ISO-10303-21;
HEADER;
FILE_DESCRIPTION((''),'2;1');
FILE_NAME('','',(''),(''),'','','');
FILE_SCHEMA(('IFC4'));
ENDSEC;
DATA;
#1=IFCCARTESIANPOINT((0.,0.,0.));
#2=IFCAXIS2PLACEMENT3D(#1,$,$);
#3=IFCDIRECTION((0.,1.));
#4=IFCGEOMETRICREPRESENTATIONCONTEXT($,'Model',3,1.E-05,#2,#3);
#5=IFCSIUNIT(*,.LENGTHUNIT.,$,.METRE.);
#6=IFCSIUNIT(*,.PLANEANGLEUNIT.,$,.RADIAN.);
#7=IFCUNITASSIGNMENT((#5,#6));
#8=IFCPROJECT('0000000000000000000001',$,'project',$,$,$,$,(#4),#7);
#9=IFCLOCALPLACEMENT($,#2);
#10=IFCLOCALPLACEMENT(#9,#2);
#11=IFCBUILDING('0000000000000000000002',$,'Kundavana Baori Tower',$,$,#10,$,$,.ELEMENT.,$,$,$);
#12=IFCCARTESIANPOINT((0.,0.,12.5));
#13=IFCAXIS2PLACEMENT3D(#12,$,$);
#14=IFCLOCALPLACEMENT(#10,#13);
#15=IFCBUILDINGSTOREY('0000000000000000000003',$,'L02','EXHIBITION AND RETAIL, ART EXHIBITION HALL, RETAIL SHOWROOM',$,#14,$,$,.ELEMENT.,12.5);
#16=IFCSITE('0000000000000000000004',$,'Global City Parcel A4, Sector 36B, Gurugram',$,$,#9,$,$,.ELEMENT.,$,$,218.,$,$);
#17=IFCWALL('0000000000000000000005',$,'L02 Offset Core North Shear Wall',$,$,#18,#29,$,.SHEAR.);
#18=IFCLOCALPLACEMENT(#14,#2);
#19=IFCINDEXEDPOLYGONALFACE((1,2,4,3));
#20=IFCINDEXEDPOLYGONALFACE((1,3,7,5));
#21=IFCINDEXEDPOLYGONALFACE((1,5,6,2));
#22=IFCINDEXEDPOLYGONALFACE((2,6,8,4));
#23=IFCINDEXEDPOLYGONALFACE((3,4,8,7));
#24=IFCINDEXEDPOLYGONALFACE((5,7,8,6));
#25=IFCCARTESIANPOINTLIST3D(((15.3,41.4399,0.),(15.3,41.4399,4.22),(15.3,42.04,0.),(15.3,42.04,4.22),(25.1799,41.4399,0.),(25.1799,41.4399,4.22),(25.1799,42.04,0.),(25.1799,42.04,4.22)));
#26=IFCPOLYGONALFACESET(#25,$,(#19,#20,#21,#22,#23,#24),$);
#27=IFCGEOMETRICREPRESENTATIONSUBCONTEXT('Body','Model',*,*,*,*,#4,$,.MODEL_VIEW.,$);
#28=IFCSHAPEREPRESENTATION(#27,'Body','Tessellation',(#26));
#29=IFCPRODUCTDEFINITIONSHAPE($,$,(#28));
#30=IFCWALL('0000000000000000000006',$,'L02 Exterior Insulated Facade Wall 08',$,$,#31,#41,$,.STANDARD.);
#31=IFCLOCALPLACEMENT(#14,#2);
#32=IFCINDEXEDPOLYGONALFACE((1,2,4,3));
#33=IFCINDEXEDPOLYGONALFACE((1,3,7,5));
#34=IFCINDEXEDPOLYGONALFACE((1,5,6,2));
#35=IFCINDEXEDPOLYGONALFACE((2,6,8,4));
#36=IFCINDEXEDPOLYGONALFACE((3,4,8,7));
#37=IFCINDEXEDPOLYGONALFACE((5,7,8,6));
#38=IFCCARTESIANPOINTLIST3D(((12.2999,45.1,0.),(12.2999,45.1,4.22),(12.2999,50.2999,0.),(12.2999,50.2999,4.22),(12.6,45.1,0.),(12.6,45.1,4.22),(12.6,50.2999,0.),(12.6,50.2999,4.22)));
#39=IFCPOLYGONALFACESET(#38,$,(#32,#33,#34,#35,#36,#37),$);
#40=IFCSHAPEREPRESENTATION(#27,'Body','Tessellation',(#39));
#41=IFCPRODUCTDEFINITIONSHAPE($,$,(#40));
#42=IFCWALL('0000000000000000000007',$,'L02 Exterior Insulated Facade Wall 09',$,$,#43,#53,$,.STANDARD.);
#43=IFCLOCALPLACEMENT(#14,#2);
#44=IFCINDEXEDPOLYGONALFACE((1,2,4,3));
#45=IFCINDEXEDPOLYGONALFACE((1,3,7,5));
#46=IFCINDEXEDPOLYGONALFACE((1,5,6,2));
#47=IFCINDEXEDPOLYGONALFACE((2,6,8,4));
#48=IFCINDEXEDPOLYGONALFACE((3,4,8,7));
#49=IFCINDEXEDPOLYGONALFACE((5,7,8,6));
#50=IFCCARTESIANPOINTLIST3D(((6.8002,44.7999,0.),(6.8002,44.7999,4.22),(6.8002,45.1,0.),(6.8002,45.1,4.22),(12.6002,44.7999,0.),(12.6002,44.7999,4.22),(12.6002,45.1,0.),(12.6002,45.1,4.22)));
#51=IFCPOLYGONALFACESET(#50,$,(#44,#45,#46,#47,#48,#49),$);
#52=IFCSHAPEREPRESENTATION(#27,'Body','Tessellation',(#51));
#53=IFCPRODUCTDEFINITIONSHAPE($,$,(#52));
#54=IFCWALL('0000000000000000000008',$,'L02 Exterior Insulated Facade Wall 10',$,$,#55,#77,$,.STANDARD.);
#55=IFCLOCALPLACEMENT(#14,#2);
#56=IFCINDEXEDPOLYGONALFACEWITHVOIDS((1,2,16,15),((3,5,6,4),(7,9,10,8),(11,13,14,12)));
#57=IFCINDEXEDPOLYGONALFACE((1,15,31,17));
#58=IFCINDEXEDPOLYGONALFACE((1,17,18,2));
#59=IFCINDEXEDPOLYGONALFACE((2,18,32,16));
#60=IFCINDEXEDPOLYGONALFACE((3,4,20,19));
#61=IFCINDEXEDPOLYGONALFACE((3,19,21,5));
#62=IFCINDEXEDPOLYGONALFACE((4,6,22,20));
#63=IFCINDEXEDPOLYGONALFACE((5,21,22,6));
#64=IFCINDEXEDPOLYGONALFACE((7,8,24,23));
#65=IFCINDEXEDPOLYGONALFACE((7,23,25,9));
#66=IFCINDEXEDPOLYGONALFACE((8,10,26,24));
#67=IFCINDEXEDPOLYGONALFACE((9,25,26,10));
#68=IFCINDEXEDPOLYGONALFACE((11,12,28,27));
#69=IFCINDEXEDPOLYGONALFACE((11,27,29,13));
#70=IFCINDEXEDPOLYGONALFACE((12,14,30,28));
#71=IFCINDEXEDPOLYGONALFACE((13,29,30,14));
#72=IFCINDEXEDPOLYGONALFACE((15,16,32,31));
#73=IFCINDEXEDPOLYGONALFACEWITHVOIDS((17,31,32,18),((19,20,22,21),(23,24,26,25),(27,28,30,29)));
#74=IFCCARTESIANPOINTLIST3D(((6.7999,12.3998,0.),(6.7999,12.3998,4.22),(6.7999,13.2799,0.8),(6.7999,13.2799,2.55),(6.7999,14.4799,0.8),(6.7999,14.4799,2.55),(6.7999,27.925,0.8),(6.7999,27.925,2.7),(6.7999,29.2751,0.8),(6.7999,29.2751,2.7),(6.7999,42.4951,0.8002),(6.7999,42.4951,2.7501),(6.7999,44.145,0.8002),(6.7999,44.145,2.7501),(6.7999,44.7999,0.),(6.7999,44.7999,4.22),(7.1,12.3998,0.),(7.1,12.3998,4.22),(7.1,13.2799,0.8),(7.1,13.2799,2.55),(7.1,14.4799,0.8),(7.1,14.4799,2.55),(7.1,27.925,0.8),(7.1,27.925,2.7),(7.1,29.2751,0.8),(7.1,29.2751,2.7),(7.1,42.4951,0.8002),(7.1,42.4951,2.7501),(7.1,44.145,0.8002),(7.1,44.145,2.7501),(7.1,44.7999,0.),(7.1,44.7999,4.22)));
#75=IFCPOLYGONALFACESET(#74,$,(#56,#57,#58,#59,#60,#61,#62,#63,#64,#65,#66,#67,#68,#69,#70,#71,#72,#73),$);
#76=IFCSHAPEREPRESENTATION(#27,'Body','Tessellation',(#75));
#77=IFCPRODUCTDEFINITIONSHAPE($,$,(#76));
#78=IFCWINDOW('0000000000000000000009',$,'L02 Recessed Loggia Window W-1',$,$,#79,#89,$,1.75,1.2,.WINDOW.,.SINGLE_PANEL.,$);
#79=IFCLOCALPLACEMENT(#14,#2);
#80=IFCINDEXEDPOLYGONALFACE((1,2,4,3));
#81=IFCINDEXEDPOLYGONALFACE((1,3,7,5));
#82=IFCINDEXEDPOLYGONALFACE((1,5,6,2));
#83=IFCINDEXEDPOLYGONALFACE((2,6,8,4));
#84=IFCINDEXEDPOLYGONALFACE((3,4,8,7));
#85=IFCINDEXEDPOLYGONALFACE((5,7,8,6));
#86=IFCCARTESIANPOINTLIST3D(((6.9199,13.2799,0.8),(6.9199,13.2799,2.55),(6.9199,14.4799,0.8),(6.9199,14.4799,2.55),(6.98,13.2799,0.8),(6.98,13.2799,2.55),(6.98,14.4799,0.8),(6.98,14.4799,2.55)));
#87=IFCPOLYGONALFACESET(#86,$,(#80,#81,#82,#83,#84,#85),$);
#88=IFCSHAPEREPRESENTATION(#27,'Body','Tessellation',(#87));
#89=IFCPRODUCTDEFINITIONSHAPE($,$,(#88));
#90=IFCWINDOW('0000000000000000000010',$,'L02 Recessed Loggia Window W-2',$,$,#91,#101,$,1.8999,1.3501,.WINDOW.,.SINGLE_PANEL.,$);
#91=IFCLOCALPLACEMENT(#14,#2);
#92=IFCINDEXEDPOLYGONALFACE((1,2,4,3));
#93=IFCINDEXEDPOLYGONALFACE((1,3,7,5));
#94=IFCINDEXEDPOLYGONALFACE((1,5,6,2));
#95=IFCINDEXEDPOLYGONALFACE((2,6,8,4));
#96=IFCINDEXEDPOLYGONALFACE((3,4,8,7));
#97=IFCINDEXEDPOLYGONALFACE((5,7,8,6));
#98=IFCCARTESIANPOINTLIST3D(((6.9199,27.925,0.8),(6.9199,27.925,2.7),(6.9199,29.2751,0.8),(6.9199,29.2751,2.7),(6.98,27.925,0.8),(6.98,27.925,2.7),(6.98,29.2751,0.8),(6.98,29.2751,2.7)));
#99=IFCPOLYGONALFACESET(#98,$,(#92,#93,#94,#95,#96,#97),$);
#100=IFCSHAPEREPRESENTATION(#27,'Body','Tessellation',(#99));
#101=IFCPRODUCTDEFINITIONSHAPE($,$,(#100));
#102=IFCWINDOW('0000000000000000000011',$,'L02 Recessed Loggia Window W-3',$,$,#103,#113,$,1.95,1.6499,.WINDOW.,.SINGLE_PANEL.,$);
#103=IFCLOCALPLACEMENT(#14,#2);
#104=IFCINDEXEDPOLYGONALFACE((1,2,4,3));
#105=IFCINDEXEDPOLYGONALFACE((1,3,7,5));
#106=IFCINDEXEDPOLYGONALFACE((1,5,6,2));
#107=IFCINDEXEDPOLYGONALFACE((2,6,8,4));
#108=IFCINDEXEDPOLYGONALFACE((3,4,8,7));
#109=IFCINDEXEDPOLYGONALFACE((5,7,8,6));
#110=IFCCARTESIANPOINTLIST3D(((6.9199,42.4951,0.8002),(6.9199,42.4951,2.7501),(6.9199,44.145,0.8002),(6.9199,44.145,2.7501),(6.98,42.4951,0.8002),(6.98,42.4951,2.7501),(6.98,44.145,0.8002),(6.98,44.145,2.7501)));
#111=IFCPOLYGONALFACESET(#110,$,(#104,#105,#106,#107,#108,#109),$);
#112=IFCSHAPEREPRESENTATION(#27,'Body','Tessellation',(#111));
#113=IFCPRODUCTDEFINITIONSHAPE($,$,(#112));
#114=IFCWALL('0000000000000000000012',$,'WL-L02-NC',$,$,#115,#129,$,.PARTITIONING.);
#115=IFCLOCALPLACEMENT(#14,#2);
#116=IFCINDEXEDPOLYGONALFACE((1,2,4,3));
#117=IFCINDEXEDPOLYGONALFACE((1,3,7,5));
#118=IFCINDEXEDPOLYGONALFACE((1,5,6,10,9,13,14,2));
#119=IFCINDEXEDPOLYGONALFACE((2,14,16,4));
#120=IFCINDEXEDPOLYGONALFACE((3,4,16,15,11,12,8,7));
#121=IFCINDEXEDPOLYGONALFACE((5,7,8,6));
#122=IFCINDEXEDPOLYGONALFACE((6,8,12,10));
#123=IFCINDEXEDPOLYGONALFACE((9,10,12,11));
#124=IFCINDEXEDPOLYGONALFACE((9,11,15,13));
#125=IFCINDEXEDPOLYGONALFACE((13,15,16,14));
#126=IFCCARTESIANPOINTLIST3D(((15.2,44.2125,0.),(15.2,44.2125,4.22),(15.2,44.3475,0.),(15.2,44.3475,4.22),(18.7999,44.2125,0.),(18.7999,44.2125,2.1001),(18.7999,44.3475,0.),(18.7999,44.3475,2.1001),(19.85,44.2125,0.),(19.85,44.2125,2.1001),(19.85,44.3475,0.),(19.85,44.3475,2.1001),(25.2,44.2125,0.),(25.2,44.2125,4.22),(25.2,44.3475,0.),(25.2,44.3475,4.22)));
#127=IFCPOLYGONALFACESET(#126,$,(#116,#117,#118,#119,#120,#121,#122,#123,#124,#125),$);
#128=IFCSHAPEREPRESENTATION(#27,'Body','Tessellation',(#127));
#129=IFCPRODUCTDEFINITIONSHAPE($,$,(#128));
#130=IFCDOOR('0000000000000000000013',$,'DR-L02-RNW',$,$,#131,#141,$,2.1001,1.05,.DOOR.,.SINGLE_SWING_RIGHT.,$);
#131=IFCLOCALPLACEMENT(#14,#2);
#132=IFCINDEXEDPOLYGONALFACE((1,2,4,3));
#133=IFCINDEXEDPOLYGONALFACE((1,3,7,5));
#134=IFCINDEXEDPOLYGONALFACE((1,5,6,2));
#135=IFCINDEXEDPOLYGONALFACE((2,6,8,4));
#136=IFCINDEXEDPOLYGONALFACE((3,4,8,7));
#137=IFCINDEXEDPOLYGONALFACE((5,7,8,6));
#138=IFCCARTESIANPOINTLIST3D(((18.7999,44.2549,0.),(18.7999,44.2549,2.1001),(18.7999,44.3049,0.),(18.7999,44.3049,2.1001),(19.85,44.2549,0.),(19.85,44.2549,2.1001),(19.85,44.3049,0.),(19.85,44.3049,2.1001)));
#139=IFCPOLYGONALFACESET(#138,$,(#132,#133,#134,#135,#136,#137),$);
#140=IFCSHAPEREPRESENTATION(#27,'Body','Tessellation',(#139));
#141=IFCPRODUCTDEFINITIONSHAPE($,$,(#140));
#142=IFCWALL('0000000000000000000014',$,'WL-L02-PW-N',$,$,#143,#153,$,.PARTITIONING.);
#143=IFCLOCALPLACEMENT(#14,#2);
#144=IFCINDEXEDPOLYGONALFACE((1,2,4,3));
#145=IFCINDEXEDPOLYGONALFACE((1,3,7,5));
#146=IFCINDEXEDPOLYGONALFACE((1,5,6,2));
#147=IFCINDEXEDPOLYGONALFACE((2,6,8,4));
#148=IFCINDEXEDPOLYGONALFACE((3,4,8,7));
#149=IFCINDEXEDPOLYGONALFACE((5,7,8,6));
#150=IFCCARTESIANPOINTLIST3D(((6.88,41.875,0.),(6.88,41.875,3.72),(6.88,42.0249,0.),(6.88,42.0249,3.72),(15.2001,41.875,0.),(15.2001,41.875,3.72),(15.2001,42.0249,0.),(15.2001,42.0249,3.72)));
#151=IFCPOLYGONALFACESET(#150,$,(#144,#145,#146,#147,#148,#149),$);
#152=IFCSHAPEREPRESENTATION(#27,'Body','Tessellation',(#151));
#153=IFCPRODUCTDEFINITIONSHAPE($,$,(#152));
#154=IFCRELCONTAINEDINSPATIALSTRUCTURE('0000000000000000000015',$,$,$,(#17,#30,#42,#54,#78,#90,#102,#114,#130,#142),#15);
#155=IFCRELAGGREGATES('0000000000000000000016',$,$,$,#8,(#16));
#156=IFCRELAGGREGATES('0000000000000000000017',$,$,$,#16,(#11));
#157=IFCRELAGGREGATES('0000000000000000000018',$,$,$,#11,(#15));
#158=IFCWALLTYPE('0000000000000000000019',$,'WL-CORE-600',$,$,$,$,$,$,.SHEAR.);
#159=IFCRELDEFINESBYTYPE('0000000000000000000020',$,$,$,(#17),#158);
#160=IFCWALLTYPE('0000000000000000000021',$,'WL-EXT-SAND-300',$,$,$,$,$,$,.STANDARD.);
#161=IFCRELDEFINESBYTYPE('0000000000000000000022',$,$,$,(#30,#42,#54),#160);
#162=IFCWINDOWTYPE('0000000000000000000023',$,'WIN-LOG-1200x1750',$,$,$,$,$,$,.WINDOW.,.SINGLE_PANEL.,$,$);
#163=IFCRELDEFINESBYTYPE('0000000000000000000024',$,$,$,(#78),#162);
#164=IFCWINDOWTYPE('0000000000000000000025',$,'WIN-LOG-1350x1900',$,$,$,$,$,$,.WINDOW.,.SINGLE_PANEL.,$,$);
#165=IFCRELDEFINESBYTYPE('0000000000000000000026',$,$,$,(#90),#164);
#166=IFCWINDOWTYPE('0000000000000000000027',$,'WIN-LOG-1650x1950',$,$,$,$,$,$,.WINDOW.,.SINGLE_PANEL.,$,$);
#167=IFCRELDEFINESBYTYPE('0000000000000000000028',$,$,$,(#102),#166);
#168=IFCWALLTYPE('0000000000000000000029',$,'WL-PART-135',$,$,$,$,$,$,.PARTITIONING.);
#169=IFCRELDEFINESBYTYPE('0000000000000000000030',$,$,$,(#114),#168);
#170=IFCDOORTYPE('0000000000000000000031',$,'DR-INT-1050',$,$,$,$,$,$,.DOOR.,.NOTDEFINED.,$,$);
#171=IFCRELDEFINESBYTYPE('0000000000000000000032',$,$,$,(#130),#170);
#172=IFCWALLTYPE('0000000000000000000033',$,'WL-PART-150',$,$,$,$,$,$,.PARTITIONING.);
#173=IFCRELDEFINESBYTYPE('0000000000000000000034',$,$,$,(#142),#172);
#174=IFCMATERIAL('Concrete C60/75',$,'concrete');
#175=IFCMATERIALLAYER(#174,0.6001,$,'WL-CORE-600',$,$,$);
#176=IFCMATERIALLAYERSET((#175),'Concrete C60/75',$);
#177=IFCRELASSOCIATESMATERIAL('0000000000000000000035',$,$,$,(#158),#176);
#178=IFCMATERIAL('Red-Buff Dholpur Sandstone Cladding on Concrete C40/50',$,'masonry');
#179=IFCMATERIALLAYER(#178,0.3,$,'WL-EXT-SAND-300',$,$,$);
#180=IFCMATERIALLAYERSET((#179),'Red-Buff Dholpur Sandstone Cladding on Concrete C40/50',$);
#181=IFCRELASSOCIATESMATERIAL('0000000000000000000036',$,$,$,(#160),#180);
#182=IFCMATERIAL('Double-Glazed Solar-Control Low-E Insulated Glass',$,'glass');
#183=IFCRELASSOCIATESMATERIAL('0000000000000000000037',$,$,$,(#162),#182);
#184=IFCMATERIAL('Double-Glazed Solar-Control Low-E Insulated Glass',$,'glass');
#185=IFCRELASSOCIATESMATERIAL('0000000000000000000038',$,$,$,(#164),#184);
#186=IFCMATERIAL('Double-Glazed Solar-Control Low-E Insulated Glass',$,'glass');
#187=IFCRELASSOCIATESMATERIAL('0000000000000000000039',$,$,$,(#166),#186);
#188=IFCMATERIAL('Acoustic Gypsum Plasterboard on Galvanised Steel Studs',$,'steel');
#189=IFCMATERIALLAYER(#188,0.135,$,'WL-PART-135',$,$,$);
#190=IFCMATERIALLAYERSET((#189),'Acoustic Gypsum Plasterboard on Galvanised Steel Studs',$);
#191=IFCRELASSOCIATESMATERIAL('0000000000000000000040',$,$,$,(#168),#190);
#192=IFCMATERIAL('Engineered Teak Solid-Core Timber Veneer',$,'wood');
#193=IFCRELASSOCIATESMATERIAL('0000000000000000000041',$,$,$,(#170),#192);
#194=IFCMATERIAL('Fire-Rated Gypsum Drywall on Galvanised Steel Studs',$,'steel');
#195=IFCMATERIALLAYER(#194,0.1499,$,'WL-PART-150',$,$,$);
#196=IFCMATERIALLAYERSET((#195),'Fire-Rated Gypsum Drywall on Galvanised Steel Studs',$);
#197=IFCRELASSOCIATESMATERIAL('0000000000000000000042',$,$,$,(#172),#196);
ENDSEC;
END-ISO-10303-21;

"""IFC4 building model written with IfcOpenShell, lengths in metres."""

from ifc_helpers import new_model, si_unit, direction, frame, frame_2d, origin, place, context, subcontext, project, spatial, rectangle, extrude, material, layer, layer_set, type_object, element, fill, save


model = new_model("IFC4")

# Units and contexts
model_context = context("Model", 3, precision=1e-05, world=origin(), true_north=direction((0.0, 1.0)))
body_context = subcontext(model_context, "Body", "Model", "MODEL_VIEW")
ifc_project = project(units=[si_unit("LENGTHUNIT", "METRE"), si_unit("PLANEANGLEUNIT", "RADIAN")], contexts=[model_context])

# Site, building, storey
site_placement = place(None, origin())
site = spatial("IfcSite", under=ifc_project, at=site_placement, Name="Global City Parcel A4, Sector 36B, Gurugram", CompositionType="ELEMENT", RefElevation=218.0)
building_placement = place(site_placement, origin())
building = spatial("IfcBuilding", under=site, at=building_placement, Name="Kundavana Baori Tower", CompositionType="ELEMENT")
storey_placement = place(building_placement, frame((0.0, 0.0, 12.5)))
storey = spatial("IfcBuildingStorey", under=building, at=storey_placement, Name="L02", Description="EXHIBITION AND RETAIL, ART EXHIBITION HALL, RETAIL SHOWROOM", CompositionType="ELEMENT", Elevation=12.5)

# Walls
ifc_material_1 = material(Name="Concrete C60/75", Category="concrete")
ifc_layer_1 = layer(ifc_material_1, 0.6001, Name="WL-CORE-600")
ifc_layer_set_1 = layer_set([ifc_layer_1], Name="Concrete C60/75")
wall_type_1 = type_object("IfcWallType", Name="WL-CORE-600", PredefinedType="SHEAR", material=ifc_layer_set_1)
wall_1_placement = place(storey_placement, frame((15.3, 41.74, 0.0), z_axis=(0.0, 0.0, 1.0), x_axis=(1.0, 0.0, 0.0)))
element("IfcWall", 1, at=wall_1_placement, inside=storey, type_object=wall_type_1, Name="L02 Offset Core North Shear Wall", PredefinedType="SHEAR", context=body_context, shape_type="SweptSolid", body=[
    extrude(rectangle(XDim=9.8799, YDim=0.6001, at=frame_2d((4.9399, 0.0))), origin(), (0.0, 0.0, 1.0), 4.22),
])
ifc_material_2 = material(Name="Red-Buff Dholpur Sandstone Cladding on Concrete C40/50", Category="masonry")
ifc_layer_2 = layer(ifc_material_2, 0.3, Name="WL-EXT-SAND-300")
ifc_layer_set_2 = layer_set([ifc_layer_2], Name="Red-Buff Dholpur Sandstone Cladding on Concrete C40/50")
wall_type_2 = type_object("IfcWallType", Name="WL-EXT-SAND-300", PredefinedType="STANDARD", material=ifc_layer_set_2)
wall_2_placement = place(storey_placement, frame((12.45, 50.3, 0.0), z_axis=(0.0, 0.0, 1.0), x_axis=(0.0, -1.0, 0.0)))
element("IfcWall", 2, at=wall_2_placement, inside=storey, type_object=wall_type_2, Name="L02 Exterior Insulated Facade Wall 08", PredefinedType="STANDARD", context=body_context, shape_type="SweptSolid", body=[
    extrude(rectangle(XDim=5.2, YDim=0.3, at=frame_2d((2.6001, 0.0))), origin(), (0.0, 0.0, 1.0), 4.22),
])
wall_3_placement = place(storey_placement, frame((12.6001, 44.95, 0.0), z_axis=(0.0, 0.0, 1.0), x_axis=(-1.0, 0.0, 0.0)))
element("IfcWall", 3, at=wall_3_placement, inside=storey, type_object=wall_type_2, Name="L02 Exterior Insulated Facade Wall 09", PredefinedType="STANDARD", context=body_context, shape_type="SweptSolid", body=[
    extrude(rectangle(XDim=5.8, YDim=0.3, at=frame_2d((2.8999, 0.0))), origin(), (0.0, 0.0, 1.0), 4.22),
])

# Wall, openings, windows
wall_4_placement = place(storey_placement, frame((6.95, 44.8, 0.0), z_axis=(0.0, 0.0, 1.0), x_axis=(0.0, -1.0, 0.0)))
wall_4 = element("IfcWall", 4, at=wall_4_placement, inside=storey, type_object=wall_type_2, Name="L02 Exterior Insulated Facade Wall 10", PredefinedType="STANDARD", context=body_context, shape_type="SweptSolid", body=[
    extrude(rectangle(XDim=32.4001, YDim=0.3, at=frame_2d((16.2002, 0.0))), origin(), (0.0, 0.0, 1.0), 4.22),
])
opening_1_placement = place(wall_4_placement, frame((30.3201, 0.0, 0.8)))
opening_1 = element("IfcOpeningElement", 5, at=opening_1_placement, cuts=wall_4, PredefinedType="OPENING", context=body_context, shape_type="SweptSolid", body=[
    extrude(rectangle(XDim=1.2, YDim=1.75, at=frame_2d((0.6001, 0.875))), frame((0.0, 0.1602, 0.0), z_axis=(0.0, -1.0, 0.0), x_axis=(1.0, 0.0, 0.0)), (0.0, 0.0, 1.0), 0.3201),
])
opening_2_placement = place(wall_4_placement, frame((15.5249, 0.0, 0.8)))
opening_2 = element("IfcOpeningElement", 6, at=opening_2_placement, cuts=wall_4, PredefinedType="OPENING", context=body_context, shape_type="SweptSolid", body=[
    extrude(rectangle(XDim=1.3501, YDim=1.8999, at=frame_2d((0.675, 0.95))), frame((0.0, 0.1602, 0.0), z_axis=(0.0, -1.0, 0.0), x_axis=(1.0, 0.0, 0.0)), (0.0, 0.0, 1.0), 0.3201),
])
opening_3_placement = place(wall_4_placement, frame((0.655, 0.0, 0.8)))
opening_3 = element("IfcOpeningElement", 7, at=opening_3_placement, cuts=wall_4, PredefinedType="OPENING", context=body_context, shape_type="SweptSolid", body=[
    extrude(rectangle(XDim=1.6499, YDim=1.95, at=frame_2d((0.825, 0.9751))), frame((0.0, 0.1602, 0.0), z_axis=(0.0, -1.0, 0.0), x_axis=(1.0, 0.0, 0.0)), (0.0, 0.0, 1.0), 0.3201),
])
ifc_material_3 = material(Name="Double-Glazed Solar-Control Low-E Insulated Glass", Category="glass")
window_type_1 = type_object("IfcWindowType", Name="WIN-LOG-1200x1750", PartitioningType="SINGLE_PANEL", PredefinedType="WINDOW", material=ifc_material_3)
window_1_placement = place(opening_1_placement, origin())
window_1 = element("IfcWindow", 8, at=window_1_placement, inside=storey, type_object=window_type_1, Name="L02 Recessed Loggia Window W-1", OverallHeight=1.75, OverallWidth=1.2, PartitioningType="SINGLE_PANEL", PredefinedType="WINDOW", context=body_context, shape_type="SweptSolid", body=[
    extrude(rectangle(XDim=1.2, YDim=1.75, at=frame_2d((0.6001, 0.875))), frame((0.0, 0.03, 0.0), z_axis=(0.0, -1.0, 0.0), x_axis=(1.0, 0.0, 0.0)), (0.0, 0.0, 1.0), 0.0601),
])
fill(opening_1, window_1)
ifc_material_4 = material(Name="Double-Glazed Solar-Control Low-E Insulated Glass", Category="glass")
window_type_2 = type_object("IfcWindowType", Name="WIN-LOG-1350x1900", PartitioningType="SINGLE_PANEL", PredefinedType="WINDOW", material=ifc_material_4)
window_2_placement = place(opening_2_placement, origin())
window_2 = element("IfcWindow", 9, at=window_2_placement, inside=storey, type_object=window_type_2, Name="L02 Recessed Loggia Window W-2", OverallHeight=1.8999, OverallWidth=1.3501, PartitioningType="SINGLE_PANEL", PredefinedType="WINDOW", context=body_context, shape_type="SweptSolid", body=[
    extrude(rectangle(XDim=1.3501, YDim=1.8999, at=frame_2d((0.675, 0.95))), frame((0.0, 0.03, 0.0), z_axis=(0.0, -1.0, 0.0), x_axis=(1.0, 0.0, 0.0)), (0.0, 0.0, 1.0), 0.0601),
])
fill(opening_2, window_2)
ifc_material_5 = material(Name="Double-Glazed Solar-Control Low-E Insulated Glass", Category="glass")
window_type_3 = type_object("IfcWindowType", Name="WIN-LOG-1650x1950", PartitioningType="SINGLE_PANEL", PredefinedType="WINDOW", material=ifc_material_5)
window_3_placement = place(opening_3_placement, origin())
window_3 = element("IfcWindow", 10, at=window_3_placement, inside=storey, type_object=window_type_3, Name="L02 Recessed Loggia Window W-3", OverallHeight=1.95, OverallWidth=1.6499, PartitioningType="SINGLE_PANEL", PredefinedType="WINDOW", context=body_context, shape_type="SweptSolid", body=[
    extrude(rectangle(XDim=1.6499, YDim=1.95, at=frame_2d((0.825, 0.9751))), frame((0.0, 0.03, 0.0), z_axis=(0.0, -1.0, 0.0), x_axis=(1.0, 0.0, 0.0)), (0.0, 0.0, 1.0), 0.0601),
])
fill(opening_3, window_3)

# Wall, opening, door
ifc_material_6 = material(Name="Acoustic Gypsum Plasterboard on Galvanised Steel Studs", Category="steel")
ifc_layer_3 = layer(ifc_material_6, 0.135, Name="WL-PART-135")
ifc_layer_set_3 = layer_set([ifc_layer_3], Name="Acoustic Gypsum Plasterboard on Galvanised Steel Studs")
wall_type_3 = type_object("IfcWallType", Name="WL-PART-135", PredefinedType="PARTITIONING", material=ifc_layer_set_3)
wall_5_placement = place(storey_placement, frame((15.2, 44.28, 0.0), z_axis=(0.0, 0.0, 1.0), x_axis=(1.0, 0.0, 0.0)))
wall_5 = element("IfcWall", 11, at=wall_5_placement, inside=storey, type_object=wall_type_3, Name="WL-L02-NC", PredefinedType="PARTITIONING", context=body_context, shape_type="SweptSolid", body=[
    extrude(rectangle(XDim=10.0, YDim=0.135, at=frame_2d((5.0, 0.0))), origin(), (0.0, 0.0, 1.0), 4.22),
])
opening_4_placement = place(wall_5_placement, frame((3.6001, 0.0, 0.0)))
opening_4 = element("IfcOpeningElement", 12, at=opening_4_placement, cuts=wall_5, PredefinedType="OPENING", context=body_context, shape_type="SweptSolid", body=[
    extrude(rectangle(XDim=1.05, YDim=2.1001, at=frame_2d((0.5249, 1.05))), frame((0.0, 0.0776, 0.0), z_axis=(0.0, -1.0, 0.0), x_axis=(1.0, 0.0, 0.0)), (0.0, 0.0, 1.0), 0.155),
])
ifc_material_7 = material(Name="Engineered Teak Solid-Core Timber Veneer", Category="wood")
door_type = type_object("IfcDoorType", Name="DR-INT-1050", OperationType="NOTDEFINED", PredefinedType="DOOR", material=ifc_material_7)
door_placement = place(opening_4_placement, origin())
door = element("IfcDoor", 13, at=door_placement, inside=storey, type_object=door_type, Name="DR-L02-RNW", OperationType="SINGLE_SWING_RIGHT", OverallHeight=2.1001, OverallWidth=1.05, PredefinedType="DOOR", context=body_context, shape_type="SweptSolid", body=[
    extrude(rectangle(XDim=1.05, YDim=2.1001, at=frame_2d((0.5249, 1.05))), frame((0.0, 0.0249, 0.0), z_axis=(0.0, -1.0, 0.0), x_axis=(1.0, 0.0, 0.0)), (0.0, 0.0, 1.0), 0.05),
])
fill(opening_4, door)

# Wall
ifc_material_8 = material(Name="Fire-Rated Gypsum Drywall on Galvanised Steel Studs", Category="steel")
ifc_layer_4 = layer(ifc_material_8, 0.1499, Name="WL-PART-150")
ifc_layer_set_4 = layer_set([ifc_layer_4], Name="Fire-Rated Gypsum Drywall on Galvanised Steel Studs")
wall_type_4 = type_object("IfcWallType", Name="WL-PART-150", PredefinedType="PARTITIONING", material=ifc_layer_set_4)
wall_6_placement = place(storey_placement, frame((6.8799, 41.95, 0.0), z_axis=(0.0, 0.0, 1.0), x_axis=(1.0, 0.0, 0.0)))
element("IfcWall", 14, at=wall_6_placement, inside=storey, type_object=wall_type_4, Name="WL-L02-PW-N", PredefinedType="PARTITIONING", context=body_context, shape_type="SweptSolid", body=[
    extrude(rectangle(XDim=8.3201, YDim=0.1499, at=frame_2d((4.1602, 0.0))), origin(), (0.0, 0.0, 1.0), 3.72),
])

save(model, "model.ifc")
